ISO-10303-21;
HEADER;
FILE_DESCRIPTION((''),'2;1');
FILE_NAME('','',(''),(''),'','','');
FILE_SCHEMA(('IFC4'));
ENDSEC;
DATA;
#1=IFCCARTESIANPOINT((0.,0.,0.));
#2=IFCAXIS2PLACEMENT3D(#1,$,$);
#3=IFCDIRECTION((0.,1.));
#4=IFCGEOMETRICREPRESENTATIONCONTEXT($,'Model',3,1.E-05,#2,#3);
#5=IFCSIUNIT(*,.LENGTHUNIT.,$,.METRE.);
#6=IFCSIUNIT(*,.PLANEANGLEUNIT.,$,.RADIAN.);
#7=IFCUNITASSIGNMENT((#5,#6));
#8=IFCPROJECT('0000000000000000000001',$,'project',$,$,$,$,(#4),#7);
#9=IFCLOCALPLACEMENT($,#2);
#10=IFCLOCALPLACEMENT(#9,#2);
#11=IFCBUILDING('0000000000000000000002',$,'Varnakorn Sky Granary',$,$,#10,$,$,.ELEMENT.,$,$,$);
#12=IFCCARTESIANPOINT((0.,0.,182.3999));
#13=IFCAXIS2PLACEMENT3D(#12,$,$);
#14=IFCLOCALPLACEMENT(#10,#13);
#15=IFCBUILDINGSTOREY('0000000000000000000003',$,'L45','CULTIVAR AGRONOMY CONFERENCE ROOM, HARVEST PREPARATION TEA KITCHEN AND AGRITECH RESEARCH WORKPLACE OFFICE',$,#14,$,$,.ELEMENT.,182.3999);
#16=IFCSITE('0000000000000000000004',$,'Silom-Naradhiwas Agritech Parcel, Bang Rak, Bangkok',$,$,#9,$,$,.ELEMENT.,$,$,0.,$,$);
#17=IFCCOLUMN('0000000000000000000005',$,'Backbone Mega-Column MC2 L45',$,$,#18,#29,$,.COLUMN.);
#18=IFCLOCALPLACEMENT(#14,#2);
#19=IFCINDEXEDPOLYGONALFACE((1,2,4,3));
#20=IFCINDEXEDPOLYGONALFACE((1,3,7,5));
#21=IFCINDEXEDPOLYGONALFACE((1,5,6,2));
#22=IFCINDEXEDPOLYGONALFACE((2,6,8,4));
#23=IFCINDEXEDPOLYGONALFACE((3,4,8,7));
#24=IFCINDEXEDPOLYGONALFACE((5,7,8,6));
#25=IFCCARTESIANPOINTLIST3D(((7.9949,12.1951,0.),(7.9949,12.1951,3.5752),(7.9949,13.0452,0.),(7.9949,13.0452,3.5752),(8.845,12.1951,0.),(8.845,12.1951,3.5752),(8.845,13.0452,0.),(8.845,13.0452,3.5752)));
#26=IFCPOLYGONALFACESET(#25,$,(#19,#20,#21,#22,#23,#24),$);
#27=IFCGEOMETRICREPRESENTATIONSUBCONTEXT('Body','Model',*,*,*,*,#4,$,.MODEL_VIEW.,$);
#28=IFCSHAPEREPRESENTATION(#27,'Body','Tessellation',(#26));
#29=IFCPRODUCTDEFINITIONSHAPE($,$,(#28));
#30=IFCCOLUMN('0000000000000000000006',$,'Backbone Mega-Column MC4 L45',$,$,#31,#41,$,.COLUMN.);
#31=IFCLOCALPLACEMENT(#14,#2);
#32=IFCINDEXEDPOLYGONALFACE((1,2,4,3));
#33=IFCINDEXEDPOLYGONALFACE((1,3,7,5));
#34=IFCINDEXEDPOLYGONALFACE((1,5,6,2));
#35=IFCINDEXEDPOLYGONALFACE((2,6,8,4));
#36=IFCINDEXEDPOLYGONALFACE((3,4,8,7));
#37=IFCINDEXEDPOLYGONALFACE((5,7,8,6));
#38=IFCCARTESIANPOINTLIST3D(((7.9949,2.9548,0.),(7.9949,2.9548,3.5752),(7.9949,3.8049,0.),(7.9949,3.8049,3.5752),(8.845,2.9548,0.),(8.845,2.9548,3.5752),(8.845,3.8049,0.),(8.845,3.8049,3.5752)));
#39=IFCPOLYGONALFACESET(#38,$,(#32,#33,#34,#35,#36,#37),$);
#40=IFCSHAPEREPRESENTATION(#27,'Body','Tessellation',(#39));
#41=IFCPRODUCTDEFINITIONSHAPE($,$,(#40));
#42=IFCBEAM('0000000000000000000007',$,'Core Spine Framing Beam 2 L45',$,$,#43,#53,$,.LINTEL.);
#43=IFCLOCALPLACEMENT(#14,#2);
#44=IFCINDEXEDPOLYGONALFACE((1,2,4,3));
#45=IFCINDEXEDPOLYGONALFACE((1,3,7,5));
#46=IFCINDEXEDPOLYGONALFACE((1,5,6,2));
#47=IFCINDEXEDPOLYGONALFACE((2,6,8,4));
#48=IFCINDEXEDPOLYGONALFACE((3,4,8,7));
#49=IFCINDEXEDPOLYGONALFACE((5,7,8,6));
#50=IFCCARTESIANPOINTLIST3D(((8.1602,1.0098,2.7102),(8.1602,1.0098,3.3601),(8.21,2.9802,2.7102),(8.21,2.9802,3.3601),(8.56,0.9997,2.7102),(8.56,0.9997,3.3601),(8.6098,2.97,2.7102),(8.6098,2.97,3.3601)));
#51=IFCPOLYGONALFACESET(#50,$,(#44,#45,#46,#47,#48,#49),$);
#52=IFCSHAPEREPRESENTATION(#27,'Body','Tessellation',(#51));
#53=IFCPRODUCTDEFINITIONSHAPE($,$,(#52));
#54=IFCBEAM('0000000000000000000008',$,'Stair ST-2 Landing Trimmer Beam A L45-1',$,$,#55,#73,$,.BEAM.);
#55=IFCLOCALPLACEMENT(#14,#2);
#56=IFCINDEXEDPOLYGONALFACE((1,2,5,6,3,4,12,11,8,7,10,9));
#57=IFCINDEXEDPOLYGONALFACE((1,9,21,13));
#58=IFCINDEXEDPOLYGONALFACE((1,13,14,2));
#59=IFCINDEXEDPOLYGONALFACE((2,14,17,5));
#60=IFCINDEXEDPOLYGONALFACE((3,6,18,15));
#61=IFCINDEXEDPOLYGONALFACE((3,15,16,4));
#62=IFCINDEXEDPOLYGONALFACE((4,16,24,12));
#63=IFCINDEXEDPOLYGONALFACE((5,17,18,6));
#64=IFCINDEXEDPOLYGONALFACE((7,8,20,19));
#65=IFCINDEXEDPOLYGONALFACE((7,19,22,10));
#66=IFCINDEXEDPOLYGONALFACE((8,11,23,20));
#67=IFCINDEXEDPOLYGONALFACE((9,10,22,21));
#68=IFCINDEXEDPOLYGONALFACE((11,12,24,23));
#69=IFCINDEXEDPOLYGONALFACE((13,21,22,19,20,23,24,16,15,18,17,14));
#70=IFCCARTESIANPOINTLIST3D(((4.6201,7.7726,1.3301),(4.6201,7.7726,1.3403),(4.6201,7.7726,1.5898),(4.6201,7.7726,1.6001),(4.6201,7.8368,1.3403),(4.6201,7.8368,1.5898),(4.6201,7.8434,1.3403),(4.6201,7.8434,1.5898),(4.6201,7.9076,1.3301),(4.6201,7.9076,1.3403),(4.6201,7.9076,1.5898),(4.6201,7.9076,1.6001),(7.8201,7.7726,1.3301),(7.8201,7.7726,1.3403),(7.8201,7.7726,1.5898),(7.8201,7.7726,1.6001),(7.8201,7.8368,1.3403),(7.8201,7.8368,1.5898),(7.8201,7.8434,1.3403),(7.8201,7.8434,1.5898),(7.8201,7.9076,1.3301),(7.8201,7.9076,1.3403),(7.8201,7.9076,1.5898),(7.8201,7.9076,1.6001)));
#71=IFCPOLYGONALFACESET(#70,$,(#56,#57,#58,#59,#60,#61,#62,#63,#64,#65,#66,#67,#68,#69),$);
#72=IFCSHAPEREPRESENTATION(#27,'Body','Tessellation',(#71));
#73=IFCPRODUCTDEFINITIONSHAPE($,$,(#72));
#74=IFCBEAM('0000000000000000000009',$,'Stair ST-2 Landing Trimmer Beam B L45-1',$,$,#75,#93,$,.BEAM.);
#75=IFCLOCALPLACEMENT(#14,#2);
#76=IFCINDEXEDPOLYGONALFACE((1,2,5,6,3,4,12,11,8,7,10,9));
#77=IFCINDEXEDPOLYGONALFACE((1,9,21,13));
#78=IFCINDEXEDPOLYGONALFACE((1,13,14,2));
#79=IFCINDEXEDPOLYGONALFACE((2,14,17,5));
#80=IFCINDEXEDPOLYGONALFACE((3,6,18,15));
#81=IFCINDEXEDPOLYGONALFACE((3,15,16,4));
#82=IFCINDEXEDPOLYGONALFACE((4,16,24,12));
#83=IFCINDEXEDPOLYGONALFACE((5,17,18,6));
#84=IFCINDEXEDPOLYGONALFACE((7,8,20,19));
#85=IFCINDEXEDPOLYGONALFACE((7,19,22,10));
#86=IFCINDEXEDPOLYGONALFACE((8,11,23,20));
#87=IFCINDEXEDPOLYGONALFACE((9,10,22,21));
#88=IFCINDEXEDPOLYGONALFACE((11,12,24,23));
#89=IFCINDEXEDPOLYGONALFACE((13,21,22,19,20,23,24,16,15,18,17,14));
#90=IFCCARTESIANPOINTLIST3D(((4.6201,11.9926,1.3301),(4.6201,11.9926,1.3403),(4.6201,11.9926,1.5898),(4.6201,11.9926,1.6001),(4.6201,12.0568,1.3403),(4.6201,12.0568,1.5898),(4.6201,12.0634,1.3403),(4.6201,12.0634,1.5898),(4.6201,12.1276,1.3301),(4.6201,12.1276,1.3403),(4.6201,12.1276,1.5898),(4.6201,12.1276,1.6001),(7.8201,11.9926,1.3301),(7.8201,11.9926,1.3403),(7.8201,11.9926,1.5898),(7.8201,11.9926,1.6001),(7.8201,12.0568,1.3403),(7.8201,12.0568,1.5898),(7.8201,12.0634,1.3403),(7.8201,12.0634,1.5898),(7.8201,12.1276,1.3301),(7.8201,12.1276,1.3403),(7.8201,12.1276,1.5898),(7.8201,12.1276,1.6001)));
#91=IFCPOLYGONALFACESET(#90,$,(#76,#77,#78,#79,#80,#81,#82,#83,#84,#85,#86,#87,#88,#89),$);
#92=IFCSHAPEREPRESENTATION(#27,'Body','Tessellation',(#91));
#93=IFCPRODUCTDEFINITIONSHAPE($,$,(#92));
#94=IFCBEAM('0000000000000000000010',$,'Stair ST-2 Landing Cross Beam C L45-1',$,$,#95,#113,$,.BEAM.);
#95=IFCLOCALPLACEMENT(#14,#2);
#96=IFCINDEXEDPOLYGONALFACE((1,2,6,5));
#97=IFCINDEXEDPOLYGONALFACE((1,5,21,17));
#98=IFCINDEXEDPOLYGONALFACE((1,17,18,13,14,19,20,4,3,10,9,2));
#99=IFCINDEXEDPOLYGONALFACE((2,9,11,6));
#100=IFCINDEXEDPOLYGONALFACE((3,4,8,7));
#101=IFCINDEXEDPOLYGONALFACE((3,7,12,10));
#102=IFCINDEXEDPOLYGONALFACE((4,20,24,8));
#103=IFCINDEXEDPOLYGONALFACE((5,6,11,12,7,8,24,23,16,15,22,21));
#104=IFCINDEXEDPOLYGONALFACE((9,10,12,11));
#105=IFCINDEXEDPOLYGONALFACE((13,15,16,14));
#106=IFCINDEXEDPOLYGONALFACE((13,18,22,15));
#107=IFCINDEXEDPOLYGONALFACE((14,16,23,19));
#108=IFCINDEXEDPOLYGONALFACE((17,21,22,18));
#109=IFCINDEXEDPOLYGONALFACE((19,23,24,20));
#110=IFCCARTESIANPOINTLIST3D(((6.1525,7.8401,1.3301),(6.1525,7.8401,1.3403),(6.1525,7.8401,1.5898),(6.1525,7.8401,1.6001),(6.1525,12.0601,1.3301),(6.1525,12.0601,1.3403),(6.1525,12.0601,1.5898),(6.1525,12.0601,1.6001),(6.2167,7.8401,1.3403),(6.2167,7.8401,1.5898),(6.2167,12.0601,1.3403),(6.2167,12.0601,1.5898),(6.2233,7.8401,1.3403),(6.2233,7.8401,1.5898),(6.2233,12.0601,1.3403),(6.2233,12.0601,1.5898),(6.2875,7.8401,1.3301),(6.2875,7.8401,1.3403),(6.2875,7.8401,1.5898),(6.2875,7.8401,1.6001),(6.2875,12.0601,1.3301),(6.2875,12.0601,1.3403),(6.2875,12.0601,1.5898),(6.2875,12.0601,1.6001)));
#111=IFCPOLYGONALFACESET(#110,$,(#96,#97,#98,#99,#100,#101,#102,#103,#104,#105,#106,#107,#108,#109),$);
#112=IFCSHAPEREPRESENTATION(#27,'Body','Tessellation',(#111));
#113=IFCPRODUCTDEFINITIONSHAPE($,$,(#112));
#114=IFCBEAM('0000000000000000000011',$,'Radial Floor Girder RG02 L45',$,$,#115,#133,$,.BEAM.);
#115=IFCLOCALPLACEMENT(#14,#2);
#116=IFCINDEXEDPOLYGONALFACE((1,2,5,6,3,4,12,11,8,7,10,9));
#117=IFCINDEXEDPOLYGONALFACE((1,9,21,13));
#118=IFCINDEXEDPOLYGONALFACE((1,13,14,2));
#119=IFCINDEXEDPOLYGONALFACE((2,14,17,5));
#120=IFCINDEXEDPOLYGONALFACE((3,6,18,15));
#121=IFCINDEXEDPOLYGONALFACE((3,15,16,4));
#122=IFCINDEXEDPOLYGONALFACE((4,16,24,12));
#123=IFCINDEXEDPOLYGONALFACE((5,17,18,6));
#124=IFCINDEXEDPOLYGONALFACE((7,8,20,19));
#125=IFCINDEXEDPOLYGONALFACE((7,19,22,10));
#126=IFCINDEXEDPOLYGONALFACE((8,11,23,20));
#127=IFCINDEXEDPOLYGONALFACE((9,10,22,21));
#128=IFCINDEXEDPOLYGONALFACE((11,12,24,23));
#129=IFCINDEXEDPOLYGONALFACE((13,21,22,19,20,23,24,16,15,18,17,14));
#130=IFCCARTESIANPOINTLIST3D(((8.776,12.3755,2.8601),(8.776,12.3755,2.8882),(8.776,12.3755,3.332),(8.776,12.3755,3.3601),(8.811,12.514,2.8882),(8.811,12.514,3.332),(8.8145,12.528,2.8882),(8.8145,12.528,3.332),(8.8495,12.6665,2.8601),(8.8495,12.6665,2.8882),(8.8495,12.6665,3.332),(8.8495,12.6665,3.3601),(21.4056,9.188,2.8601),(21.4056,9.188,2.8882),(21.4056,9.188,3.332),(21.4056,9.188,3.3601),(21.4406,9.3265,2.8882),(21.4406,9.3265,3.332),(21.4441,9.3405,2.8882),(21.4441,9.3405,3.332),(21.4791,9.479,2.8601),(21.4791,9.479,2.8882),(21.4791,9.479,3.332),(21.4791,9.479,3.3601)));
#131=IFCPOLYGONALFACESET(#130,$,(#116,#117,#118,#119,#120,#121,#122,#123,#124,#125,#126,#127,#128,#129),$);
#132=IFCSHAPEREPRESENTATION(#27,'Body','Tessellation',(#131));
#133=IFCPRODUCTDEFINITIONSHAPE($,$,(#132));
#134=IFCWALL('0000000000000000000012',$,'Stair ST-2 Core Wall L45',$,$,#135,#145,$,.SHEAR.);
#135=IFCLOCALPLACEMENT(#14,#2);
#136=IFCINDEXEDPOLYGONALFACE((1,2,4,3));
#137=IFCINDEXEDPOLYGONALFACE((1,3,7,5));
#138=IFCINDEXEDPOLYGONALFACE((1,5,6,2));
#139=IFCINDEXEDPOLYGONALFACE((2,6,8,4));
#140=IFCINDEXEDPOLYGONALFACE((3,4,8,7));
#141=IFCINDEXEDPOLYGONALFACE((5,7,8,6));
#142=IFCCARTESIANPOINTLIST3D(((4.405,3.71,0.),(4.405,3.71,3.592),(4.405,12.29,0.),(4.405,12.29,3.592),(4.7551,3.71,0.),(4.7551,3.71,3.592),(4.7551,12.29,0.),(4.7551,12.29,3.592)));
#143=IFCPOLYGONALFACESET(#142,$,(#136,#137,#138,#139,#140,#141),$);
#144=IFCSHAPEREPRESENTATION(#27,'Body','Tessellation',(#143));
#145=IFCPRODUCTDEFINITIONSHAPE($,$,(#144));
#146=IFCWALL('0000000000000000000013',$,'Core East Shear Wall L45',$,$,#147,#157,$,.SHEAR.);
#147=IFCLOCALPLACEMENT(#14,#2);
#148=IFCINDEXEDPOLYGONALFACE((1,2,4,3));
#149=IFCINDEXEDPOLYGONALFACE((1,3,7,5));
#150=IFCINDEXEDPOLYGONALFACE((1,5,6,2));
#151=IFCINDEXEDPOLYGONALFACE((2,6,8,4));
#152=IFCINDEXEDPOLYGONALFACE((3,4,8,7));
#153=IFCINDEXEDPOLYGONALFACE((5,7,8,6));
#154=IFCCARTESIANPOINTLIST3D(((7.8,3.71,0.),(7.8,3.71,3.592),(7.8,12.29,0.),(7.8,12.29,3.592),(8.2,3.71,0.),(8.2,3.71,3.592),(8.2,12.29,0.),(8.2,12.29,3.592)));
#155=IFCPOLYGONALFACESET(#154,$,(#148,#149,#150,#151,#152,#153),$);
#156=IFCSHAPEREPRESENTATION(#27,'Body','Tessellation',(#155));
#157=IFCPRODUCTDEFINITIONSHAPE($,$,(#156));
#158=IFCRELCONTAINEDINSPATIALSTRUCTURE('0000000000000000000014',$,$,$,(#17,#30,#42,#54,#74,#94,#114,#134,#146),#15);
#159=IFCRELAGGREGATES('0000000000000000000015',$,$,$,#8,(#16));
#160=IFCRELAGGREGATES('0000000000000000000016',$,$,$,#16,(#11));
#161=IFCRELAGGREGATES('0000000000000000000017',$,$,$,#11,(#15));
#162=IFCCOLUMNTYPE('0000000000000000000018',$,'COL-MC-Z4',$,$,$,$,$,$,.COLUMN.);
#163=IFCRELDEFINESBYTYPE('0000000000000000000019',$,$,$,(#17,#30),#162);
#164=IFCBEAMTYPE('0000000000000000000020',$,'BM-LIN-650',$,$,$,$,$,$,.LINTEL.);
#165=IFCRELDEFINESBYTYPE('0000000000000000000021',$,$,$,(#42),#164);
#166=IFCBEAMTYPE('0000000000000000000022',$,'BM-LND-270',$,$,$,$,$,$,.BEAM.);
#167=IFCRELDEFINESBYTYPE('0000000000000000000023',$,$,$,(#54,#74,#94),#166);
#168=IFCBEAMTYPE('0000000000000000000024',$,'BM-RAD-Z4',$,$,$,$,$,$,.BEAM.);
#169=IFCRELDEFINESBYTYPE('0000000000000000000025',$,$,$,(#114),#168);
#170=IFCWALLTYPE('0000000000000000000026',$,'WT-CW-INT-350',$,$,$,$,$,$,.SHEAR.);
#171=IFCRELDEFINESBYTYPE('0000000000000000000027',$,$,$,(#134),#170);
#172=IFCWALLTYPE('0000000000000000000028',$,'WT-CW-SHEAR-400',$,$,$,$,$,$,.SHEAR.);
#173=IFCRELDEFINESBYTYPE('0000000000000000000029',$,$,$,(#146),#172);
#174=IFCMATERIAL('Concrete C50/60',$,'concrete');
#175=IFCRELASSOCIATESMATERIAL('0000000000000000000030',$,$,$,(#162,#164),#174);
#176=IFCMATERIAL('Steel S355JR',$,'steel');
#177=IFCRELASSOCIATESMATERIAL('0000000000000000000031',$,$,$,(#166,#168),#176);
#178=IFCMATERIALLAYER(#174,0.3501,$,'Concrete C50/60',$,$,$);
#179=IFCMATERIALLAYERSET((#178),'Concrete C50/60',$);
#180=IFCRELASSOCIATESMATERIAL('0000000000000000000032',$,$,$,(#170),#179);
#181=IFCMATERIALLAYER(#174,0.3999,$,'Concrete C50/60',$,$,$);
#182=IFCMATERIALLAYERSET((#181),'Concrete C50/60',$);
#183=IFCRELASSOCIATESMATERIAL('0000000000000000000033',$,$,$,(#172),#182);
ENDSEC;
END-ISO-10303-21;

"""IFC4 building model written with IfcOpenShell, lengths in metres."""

from ifc_helpers import new_model, si_unit, direction, frame, frame_2d, origin, origin_2d, place, context, subcontext, project, spatial, rectangle, i_section, extrude, material, layer, layer_set, material_profile, profile_set, type_object, element, save


model = new_model("IFC4")

# Units and contexts
model_context = context("Model", 3, precision=1e-05, world=origin(), true_north=direction((0.0, 1.0)))
body_context = subcontext(model_context, "Body", "Model", "MODEL_VIEW")
ifc_project = project(units=[si_unit("LENGTHUNIT", "METRE"), si_unit("PLANEANGLEUNIT", "RADIAN")], contexts=[model_context])

# Site, building, storey
site_placement = place(None, origin())
site = spatial("IfcSite", under=ifc_project, at=site_placement, Name="Silom-Naradhiwas Agritech Parcel, Bang Rak, Bangkok", CompositionType="ELEMENT", RefElevation=0.0)
building_placement = place(site_placement, origin())
building = spatial("IfcBuilding", under=site, at=building_placement, Name="Varnakorn Sky Granary", CompositionType="ELEMENT")
storey_placement = place(building_placement, frame((0.0, 0.0, 182.3999)))
storey = spatial("IfcBuildingStorey", under=building, at=storey_placement, Name="L45", Description="CULTIVAR AGRONOMY CONFERENCE ROOM, HARVEST PREPARATION TEA KITCHEN AND AGRITECH RESEARCH WORKPLACE OFFICE", CompositionType="ELEMENT", Elevation=182.3999)

# Columns
ifc_material_1 = material(Name="Concrete C50/60", Category="concrete")
ifc_material_profile_1 = material_profile(ifc_material_1, rectangle(XDim=0.8501, YDim=0.8501, at=origin_2d()), Name="RC 850x850")
ifc_profile_set_1 = profile_set([ifc_material_profile_1], Name="Concrete C50/60")
column_type = type_object("IfcColumnType", Name="COL-MC-Z4", PredefinedType="COLUMN", material=ifc_profile_set_1)
for number, where, z_axis, x_axis, name in (
    (1, (8.4199, 12.6201, 0.0), (0.0, 0.0, 1.0), (1.0, 0.0, 0.0), "Backbone Mega-Column MC2 L45"),
    (2, (8.4199, 3.3799, 0.0), (0.0, 0.0, 1.0), (1.0, 0.0, 0.0), "Backbone Mega-Column MC4 L45"),
):
    element("IfcColumn", number, at=place(storey_placement, frame(where, z_axis=z_axis, x_axis=x_axis)), inside=storey, type_object=column_type, Name=name, PredefinedType="COLUMN", context=body_context, shape_type="SweptSolid", body=[
        extrude(rectangle(XDim=0.8501, YDim=0.8501, at=origin_2d()), origin(), (0.0, 0.0, 1.0), 3.5752),
    ])

# Beams
ifc_material_profile_2 = material_profile(ifc_material_1, rectangle(XDim=0.3999, YDim=0.6499, at=origin_2d()), Name="RC 400x650")
ifc_profile_set_2 = profile_set([ifc_material_profile_2], Name="Concrete C50/60")
beam_type_1 = type_object("IfcBeamType", Name="BM-LIN-650", PredefinedType="LINTEL", material=ifc_profile_set_2)
beam_1_placement = place(storey_placement, frame((8.4099, 2.9751, 3.0352), z_axis=(-0.025271, -0.999681, 0.0), x_axis=(0.999681, -0.025271, 0.0)))
element("IfcBeam", 3, at=beam_1_placement, inside=storey, type_object=beam_type_1, Name="Core Spine Framing Beam 2 L45", PredefinedType="LINTEL", context=body_context, shape_type="SweptSolid", body=[
    extrude(rectangle(XDim=0.3999, YDim=0.6499, at=origin_2d()), origin(), (0.0, 0.0, 1.0), 1.9709),
])
ifc_material_2 = material(Name="Steel S355JR", Category="steel")
ifc_material_profile_3 = material_profile(ifc_material_2, i_section(OverallWidth=0.135, OverallDepth=0.27, WebThickness=0.0066, FlangeThickness=0.0103, at=origin_2d()), Name="IPE 270")
ifc_profile_set_3 = profile_set([ifc_material_profile_3], Name="Steel S355JR")
beam_type_2 = type_object("IfcBeamType", Name="BM-LND-270", PredefinedType="BEAM", material=ifc_profile_set_3)
for number, where, z_axis, x_axis, name in (
    (4, (4.6201, 7.8401, 1.4651), (1.0, 0.0, 0.0), (0.0, 1.0, 0.0), "Stair ST-2 Landing Trimmer Beam A L45-1"),
    (5, (4.6201, 12.0601, 1.4651), (1.0, 0.0, 0.0), (0.0, 1.0, 0.0), "Stair ST-2 Landing Trimmer Beam B L45-1"),
):
    element("IfcBeam", number, at=place(storey_placement, frame(where, z_axis=z_axis, x_axis=x_axis)), inside=storey, type_object=beam_type_2, Name=name, PredefinedType="BEAM", context=body_context, shape_type="SweptSolid", body=[
        extrude(i_section(OverallWidth=0.135, OverallDepth=0.27, WebThickness=0.0066, FlangeThickness=0.0103, at=origin_2d()), origin(), (0.0, 0.0, 1.0), 3.2),
    ])
beam_2_placement = place(storey_placement, frame((6.22, 7.8401, 1.4651), z_axis=(0.0, 1.0, 0.0), x_axis=(-1.0, 0.0, 0.0)))
element("IfcBeam", 6, at=beam_2_placement, inside=storey, type_object=beam_type_2, Name="Stair ST-2 Landing Cross Beam C L45-1", PredefinedType="BEAM", context=body_context, shape_type="SweptSolid", body=[
    extrude(i_section(OverallWidth=0.135, OverallDepth=0.27, WebThickness=0.0066, FlangeThickness=0.0103, at=origin_2d()), origin(), (0.0, 0.0, 1.0), 4.22),
])
ifc_material_profile_4 = material_profile(ifc_material_2, i_section(OverallWidth=0.3, OverallDepth=0.5, WebThickness=0.0144, FlangeThickness=0.0281, at=origin_2d()), Name="HE 500 B")
ifc_profile_set_4 = profile_set([ifc_material_profile_4], Name="Steel S355JR")
beam_type_3 = type_object("IfcBeamType", Name="BM-RAD-Z4", PredefinedType="BEAM", material=ifc_profile_set_4)
beam_3_placement = place(storey_placement, frame((8.8127, 12.521, 3.1101), z_axis=(0.969597, -0.244709, 0.0), x_axis=(0.244709, 0.969597, 0.0)))
element("IfcBeam", 7, at=beam_3_placement, inside=storey, type_object=beam_type_3, Name="Radial Floor Girder RG02 L45", PredefinedType="BEAM", context=body_context, shape_type="SweptSolid", body=[
    extrude(i_section(OverallWidth=0.3, OverallDepth=0.5, WebThickness=0.0144, FlangeThickness=0.0281, at=origin_2d()), origin(), (0.0, 0.0, 1.0), 13.0256),
])

# Walls
ifc_layer_1 = layer(ifc_material_1, 0.3501, Name="Concrete C50/60")
ifc_layer_set_1 = layer_set([ifc_layer_1], Name="Concrete C50/60")
wall_type_1 = type_object("IfcWallType", Name="WT-CW-INT-350", PredefinedType="SHEAR", material=ifc_layer_set_1)
wall_1_placement = place(storey_placement, frame((4.5801, 3.71, 0.0), z_axis=(0.0, 0.0, 1.0), x_axis=(0.0, 1.0, 0.0)))
element("IfcWall", 8, at=wall_1_placement, inside=storey, type_object=wall_type_1, Name="Stair ST-2 Core Wall L45", PredefinedType="SHEAR", context=body_context, shape_type="SweptSolid", body=[
    extrude(rectangle(XDim=8.5801, YDim=0.3501, at=frame_2d((4.29, 0.0))), origin(), (0.0, 0.0, 1.0), 3.592),
])
ifc_layer_2 = layer(ifc_material_1, 0.3999, Name="Concrete C50/60")
ifc_layer_set_2 = layer_set([ifc_layer_2], Name="Concrete C50/60")
wall_type_2 = type_object("IfcWallType", Name="WT-CW-SHEAR-400", PredefinedType="SHEAR", material=ifc_layer_set_2)
wall_2_placement = place(storey_placement, frame((8.0, 3.71, 0.0), z_axis=(0.0, 0.0, 1.0), x_axis=(0.0, 1.0, 0.0)))
element("IfcWall", 9, at=wall_2_placement, inside=storey, type_object=wall_type_2, Name="Core East Shear Wall L45", PredefinedType="SHEAR", context=body_context, shape_type="SweptSolid", body=[
    extrude(rectangle(XDim=8.5801, YDim=0.3999, at=frame_2d((4.29, 0.0))), origin(), (0.0, 0.0, 1.0), 3.592),
])

save(model, "model.ifc")
